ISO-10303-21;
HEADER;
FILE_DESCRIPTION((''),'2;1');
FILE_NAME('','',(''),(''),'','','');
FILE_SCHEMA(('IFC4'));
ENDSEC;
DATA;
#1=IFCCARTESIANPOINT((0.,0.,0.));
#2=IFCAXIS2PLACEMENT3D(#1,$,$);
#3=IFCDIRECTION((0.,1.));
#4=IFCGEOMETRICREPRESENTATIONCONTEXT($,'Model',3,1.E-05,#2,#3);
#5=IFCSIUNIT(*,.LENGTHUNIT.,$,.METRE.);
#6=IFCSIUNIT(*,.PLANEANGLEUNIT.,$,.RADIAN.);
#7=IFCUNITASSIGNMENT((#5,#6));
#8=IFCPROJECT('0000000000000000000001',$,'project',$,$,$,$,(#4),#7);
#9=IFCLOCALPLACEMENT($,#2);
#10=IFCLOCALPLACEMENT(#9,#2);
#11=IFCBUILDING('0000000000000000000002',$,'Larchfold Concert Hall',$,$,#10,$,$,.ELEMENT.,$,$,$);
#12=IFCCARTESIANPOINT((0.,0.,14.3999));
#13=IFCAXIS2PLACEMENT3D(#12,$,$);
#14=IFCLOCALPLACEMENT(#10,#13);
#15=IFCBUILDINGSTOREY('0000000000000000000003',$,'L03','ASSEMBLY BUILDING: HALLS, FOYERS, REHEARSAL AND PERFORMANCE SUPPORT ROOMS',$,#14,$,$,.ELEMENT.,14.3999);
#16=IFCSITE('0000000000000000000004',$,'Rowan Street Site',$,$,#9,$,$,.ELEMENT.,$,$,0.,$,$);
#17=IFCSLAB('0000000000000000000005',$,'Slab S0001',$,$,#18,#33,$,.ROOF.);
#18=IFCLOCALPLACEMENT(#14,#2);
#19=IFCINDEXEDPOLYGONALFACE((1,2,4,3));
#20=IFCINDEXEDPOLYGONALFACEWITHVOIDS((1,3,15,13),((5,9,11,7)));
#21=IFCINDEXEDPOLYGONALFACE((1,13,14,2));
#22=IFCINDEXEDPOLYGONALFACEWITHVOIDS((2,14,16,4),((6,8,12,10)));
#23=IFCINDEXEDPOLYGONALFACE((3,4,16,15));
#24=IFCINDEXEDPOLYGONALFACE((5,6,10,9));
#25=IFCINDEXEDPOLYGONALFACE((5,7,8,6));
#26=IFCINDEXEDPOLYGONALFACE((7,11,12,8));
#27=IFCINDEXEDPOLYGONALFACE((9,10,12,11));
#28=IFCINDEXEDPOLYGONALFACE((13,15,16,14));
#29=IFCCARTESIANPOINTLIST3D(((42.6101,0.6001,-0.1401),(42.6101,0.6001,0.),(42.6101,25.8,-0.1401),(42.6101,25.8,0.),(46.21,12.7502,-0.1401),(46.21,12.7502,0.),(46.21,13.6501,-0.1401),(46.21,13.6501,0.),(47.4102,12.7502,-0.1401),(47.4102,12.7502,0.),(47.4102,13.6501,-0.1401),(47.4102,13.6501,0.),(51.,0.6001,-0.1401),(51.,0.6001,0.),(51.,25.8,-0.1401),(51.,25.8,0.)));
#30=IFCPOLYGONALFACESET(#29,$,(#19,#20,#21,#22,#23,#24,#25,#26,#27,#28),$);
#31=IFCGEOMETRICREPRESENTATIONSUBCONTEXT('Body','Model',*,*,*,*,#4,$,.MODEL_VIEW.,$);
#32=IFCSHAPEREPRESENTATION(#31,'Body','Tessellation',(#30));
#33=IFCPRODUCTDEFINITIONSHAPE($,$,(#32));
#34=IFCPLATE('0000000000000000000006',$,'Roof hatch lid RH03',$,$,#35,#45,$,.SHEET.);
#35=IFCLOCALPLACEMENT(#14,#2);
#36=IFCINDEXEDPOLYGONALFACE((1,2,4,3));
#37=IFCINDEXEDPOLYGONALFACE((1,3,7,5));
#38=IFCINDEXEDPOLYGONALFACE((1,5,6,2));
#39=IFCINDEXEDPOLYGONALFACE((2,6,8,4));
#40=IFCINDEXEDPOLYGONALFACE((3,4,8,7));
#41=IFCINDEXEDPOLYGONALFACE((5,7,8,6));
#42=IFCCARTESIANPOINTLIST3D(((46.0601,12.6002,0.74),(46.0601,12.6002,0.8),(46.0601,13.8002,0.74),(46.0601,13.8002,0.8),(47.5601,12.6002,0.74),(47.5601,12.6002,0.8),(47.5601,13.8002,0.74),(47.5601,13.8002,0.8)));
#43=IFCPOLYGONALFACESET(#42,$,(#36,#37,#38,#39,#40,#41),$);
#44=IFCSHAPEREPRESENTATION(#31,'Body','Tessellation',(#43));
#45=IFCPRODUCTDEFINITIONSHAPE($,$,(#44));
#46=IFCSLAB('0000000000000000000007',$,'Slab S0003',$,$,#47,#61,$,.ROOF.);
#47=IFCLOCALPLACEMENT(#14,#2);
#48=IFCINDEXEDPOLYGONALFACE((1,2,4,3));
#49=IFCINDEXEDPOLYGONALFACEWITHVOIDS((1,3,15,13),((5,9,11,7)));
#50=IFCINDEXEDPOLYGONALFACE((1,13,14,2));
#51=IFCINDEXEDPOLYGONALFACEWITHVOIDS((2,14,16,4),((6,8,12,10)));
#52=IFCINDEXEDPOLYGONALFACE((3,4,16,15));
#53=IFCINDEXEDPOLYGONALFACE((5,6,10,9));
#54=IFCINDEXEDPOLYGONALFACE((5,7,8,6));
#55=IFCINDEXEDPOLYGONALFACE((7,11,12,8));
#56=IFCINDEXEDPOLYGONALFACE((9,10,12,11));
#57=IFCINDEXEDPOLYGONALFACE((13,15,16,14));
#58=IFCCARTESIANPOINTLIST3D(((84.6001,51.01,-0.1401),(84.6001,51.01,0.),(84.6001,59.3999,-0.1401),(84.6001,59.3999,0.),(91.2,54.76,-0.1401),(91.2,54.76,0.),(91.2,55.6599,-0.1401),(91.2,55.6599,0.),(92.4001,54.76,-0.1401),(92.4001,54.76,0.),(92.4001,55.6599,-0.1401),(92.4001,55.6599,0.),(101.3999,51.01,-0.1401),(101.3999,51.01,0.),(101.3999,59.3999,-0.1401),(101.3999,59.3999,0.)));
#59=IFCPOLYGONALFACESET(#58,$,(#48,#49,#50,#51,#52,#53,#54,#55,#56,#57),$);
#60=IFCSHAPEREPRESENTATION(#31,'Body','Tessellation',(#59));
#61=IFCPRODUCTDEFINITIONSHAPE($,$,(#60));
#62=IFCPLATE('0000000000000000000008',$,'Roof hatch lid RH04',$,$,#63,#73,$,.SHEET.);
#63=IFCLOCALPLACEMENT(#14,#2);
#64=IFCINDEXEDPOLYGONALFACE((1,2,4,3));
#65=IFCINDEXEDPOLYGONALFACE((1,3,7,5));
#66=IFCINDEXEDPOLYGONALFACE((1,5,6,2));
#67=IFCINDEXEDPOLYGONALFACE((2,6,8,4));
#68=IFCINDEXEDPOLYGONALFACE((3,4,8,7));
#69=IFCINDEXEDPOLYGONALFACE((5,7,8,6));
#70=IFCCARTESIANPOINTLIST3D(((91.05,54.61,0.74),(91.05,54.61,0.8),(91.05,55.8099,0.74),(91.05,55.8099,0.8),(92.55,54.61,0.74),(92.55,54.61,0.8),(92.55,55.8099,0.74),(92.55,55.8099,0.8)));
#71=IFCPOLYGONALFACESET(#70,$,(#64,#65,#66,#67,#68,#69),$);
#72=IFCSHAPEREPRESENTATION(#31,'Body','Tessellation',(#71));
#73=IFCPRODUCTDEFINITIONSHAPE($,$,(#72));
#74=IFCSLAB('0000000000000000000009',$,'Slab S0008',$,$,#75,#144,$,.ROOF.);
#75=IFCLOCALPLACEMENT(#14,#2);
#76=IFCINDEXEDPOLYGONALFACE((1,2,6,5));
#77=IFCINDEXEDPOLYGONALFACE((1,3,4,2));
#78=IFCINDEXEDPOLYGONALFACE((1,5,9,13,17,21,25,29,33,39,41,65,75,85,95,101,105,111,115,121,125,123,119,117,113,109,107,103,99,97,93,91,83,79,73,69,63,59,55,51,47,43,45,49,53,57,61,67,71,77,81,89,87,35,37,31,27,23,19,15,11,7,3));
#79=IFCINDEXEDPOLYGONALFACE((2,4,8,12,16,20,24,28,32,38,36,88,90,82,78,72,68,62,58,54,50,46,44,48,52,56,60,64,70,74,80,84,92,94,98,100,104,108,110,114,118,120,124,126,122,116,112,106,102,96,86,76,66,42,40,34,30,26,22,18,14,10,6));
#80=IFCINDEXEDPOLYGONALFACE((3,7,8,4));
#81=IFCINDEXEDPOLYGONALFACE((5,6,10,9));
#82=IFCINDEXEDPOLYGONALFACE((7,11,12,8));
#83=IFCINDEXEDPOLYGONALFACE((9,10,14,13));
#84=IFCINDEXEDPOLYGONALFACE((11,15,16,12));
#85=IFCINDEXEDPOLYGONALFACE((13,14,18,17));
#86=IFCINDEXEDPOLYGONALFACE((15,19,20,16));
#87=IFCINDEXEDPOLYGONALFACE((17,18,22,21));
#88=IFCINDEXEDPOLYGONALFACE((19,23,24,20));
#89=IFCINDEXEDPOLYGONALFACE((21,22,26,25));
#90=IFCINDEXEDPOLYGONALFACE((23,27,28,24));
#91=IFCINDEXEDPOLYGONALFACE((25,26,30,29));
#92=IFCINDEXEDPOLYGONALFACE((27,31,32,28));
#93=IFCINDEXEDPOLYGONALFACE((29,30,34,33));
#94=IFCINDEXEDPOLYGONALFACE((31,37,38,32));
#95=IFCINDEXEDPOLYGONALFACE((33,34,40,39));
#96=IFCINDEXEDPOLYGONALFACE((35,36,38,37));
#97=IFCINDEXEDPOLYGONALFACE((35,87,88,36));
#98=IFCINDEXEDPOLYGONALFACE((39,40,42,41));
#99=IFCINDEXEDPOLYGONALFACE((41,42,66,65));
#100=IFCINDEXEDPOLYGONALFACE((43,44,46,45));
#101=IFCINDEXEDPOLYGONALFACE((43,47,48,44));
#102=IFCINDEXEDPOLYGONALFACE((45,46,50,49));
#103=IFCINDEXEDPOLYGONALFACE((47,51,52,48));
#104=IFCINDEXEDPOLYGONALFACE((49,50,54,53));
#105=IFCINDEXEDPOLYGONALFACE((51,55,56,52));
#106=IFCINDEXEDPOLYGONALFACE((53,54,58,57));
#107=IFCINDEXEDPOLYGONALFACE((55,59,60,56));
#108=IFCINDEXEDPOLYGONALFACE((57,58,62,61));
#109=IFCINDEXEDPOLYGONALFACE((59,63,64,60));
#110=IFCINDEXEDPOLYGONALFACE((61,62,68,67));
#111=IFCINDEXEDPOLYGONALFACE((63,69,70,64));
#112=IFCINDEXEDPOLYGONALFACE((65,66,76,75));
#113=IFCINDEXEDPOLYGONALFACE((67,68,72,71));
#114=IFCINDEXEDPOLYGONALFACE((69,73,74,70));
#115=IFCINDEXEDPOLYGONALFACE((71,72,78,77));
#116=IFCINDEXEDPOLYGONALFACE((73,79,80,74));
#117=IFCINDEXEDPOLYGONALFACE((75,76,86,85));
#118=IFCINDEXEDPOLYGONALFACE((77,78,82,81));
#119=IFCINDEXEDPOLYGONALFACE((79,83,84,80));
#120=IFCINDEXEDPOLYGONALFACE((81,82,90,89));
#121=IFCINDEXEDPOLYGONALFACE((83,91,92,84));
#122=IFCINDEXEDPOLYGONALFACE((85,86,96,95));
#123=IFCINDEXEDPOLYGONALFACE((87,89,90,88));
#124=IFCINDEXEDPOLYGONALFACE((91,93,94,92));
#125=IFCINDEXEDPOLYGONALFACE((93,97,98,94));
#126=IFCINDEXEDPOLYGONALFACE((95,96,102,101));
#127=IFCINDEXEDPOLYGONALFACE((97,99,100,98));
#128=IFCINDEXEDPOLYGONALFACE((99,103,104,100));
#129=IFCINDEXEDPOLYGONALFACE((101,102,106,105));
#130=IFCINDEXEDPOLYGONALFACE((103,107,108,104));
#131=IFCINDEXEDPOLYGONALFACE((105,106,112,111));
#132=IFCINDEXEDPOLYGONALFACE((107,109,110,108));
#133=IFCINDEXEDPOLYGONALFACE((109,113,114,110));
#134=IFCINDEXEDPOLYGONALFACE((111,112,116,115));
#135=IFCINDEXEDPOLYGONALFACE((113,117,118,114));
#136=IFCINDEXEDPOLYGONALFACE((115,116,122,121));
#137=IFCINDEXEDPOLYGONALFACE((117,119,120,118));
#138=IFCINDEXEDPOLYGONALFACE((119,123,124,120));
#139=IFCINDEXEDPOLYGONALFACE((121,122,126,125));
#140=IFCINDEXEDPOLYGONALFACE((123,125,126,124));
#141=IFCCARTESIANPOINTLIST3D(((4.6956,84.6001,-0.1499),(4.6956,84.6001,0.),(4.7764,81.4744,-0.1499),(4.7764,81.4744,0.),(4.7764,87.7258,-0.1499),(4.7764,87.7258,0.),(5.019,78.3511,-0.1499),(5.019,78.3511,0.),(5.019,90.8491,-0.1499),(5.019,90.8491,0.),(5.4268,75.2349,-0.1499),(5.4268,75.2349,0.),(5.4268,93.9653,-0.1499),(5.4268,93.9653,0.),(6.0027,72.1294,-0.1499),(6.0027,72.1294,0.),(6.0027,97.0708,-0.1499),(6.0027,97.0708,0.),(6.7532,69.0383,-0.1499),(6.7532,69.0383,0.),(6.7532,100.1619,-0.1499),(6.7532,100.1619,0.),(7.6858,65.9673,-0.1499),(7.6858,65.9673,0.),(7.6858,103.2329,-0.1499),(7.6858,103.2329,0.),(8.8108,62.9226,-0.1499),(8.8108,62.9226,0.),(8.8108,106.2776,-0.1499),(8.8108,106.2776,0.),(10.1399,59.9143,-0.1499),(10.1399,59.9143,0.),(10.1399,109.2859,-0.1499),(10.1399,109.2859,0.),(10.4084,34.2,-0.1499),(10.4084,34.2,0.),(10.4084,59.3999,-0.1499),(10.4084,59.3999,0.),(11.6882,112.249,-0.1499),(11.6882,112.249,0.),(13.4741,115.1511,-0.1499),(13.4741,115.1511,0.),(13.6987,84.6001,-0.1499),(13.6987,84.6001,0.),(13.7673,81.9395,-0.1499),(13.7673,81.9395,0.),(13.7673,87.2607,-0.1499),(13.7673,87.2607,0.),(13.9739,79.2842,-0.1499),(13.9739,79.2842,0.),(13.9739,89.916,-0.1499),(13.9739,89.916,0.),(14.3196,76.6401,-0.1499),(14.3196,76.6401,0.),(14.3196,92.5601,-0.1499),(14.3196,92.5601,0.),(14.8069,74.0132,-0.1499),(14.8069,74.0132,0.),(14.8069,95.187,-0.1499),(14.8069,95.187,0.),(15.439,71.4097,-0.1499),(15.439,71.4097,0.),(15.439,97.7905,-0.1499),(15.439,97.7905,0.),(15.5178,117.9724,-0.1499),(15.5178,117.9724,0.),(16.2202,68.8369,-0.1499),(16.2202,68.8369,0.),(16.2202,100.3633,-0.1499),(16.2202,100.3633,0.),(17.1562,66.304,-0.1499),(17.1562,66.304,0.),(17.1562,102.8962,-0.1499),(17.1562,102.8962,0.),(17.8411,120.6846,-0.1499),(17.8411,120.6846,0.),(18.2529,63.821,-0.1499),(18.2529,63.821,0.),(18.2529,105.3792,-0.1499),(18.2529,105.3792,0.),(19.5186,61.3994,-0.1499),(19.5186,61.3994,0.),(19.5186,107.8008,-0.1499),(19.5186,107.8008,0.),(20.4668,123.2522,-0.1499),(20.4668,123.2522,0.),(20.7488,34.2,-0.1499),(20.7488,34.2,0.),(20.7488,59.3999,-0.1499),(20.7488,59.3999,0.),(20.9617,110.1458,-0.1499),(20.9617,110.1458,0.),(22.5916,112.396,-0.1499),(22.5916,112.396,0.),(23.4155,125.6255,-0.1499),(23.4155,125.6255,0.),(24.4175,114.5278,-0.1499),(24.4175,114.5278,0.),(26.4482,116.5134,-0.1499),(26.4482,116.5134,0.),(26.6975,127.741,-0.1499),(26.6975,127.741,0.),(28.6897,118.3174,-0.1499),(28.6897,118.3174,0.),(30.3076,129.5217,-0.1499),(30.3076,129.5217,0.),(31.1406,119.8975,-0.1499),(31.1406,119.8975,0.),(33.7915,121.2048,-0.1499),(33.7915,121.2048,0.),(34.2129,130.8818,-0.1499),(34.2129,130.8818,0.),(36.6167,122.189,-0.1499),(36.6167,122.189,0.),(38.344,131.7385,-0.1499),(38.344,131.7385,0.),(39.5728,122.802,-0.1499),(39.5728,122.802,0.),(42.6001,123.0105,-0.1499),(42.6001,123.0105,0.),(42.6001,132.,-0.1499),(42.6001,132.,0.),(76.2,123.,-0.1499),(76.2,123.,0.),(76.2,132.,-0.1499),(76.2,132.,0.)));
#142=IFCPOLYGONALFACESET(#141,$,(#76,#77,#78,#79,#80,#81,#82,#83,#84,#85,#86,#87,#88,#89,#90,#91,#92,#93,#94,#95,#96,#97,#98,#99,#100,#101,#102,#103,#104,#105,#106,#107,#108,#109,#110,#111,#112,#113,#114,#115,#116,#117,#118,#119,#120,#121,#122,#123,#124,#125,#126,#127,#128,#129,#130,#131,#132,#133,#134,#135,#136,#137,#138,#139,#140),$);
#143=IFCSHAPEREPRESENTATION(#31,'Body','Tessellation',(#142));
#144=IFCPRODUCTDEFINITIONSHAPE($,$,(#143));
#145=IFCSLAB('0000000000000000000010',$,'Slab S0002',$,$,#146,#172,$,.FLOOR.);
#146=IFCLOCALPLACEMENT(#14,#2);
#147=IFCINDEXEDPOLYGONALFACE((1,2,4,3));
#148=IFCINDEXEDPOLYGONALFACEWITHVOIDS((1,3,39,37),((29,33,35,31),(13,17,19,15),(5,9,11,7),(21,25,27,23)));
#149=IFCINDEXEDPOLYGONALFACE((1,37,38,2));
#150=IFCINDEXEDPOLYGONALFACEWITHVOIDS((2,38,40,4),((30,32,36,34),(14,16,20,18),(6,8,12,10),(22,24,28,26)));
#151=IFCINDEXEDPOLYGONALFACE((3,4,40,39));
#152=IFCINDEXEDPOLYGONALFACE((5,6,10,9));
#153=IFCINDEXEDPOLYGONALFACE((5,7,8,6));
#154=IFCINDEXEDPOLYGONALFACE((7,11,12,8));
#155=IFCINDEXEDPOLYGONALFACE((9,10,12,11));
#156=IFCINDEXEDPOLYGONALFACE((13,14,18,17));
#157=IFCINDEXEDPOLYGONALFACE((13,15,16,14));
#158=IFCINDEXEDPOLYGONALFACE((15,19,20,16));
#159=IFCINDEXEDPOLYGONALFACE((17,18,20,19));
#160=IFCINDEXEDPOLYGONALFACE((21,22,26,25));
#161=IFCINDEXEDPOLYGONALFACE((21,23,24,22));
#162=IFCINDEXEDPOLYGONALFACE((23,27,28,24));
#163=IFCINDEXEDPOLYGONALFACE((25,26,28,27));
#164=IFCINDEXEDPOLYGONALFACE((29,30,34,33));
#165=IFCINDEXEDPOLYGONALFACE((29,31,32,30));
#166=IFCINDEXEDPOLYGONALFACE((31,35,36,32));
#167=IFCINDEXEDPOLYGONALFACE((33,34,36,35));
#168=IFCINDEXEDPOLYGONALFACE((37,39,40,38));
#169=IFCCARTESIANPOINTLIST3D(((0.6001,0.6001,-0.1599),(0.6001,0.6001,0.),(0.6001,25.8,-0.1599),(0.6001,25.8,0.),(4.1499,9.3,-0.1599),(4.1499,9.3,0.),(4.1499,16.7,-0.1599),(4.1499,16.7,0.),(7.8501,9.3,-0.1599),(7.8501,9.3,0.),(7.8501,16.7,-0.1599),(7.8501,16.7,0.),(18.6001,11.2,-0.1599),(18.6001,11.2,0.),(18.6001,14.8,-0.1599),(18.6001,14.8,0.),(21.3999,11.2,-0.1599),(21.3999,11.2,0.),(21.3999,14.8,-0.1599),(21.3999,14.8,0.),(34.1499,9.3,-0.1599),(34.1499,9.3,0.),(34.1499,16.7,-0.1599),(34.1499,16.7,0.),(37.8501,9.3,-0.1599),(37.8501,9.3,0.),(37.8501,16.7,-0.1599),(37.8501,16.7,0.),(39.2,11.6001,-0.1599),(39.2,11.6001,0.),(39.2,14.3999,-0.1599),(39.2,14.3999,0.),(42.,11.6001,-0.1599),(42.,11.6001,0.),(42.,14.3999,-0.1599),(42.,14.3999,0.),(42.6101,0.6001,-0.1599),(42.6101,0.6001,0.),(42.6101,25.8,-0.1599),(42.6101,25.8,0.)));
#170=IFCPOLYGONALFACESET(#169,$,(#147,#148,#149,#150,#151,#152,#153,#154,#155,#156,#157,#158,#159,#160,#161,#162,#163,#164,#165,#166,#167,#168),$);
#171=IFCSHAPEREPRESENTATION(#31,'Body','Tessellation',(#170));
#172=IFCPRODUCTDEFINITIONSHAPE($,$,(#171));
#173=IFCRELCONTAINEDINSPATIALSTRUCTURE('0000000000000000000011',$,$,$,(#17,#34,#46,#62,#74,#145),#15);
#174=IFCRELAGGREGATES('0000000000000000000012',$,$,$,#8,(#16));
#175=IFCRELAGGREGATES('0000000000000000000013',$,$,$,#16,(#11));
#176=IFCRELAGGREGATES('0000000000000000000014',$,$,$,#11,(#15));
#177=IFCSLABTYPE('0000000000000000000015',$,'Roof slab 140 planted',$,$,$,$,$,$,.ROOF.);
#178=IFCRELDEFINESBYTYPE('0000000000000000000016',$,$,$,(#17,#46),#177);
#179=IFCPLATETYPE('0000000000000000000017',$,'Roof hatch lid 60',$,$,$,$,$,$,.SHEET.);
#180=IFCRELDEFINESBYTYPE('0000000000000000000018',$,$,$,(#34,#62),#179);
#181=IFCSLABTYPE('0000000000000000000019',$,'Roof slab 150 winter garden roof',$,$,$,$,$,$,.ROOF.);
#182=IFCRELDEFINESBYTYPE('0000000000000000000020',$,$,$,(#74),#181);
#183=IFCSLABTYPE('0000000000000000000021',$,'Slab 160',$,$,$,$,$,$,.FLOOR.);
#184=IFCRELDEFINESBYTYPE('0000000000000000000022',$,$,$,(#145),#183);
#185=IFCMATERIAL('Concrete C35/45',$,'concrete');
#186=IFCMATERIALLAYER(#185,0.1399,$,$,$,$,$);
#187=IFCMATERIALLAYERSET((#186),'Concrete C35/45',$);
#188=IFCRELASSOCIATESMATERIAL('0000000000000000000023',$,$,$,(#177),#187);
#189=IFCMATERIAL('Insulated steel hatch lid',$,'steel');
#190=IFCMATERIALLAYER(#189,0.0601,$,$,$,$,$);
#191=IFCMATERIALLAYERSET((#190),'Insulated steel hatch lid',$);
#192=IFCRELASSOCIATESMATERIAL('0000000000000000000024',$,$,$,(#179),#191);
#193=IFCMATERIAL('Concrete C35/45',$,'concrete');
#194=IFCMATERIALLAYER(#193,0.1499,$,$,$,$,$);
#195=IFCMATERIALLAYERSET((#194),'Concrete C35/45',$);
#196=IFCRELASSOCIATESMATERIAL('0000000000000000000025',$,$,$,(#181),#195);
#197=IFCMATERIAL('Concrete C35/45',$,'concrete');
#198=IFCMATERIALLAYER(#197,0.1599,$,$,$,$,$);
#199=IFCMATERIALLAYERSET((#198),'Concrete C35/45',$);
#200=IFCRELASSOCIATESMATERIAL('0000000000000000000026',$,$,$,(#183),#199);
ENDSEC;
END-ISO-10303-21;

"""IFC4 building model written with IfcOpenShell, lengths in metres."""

from ifc_helpers import new_model, si_unit, direction, frame, origin, origin_2d, place, context, subcontext, project, spatial, polyline, rectangle, outline, extrude, material, layer, layer_set, type_object, element, fill, save


model = new_model("IFC4")

# Units and contexts
model_context = context("Model", 3, precision=1e-05, world=origin(), true_north=direction((0.0, 1.0)))
body_context = subcontext(model_context, "Body", "Model", "MODEL_VIEW")
ifc_project = project(units=[si_unit("LENGTHUNIT", "METRE"), si_unit("PLANEANGLEUNIT", "RADIAN")], contexts=[model_context])

# Site, building, storey
site_placement = place(None, origin())
site = spatial("IfcSite", under=ifc_project, at=site_placement, Name="Rowan Street Site", CompositionType="ELEMENT", RefElevation=0.0)
building_placement = place(site_placement, origin())
building = spatial("IfcBuilding", under=site, at=building_placement, Name="Larchfold Concert Hall", CompositionType="ELEMENT")
storey_placement = place(building_placement, frame((0.0, 0.0, 14.3999)))
storey = spatial("IfcBuildingStorey", under=building, at=storey_placement, Name="L03", Description="ASSEMBLY BUILDING: HALLS, FOYERS, REHEARSAL AND PERFORMANCE SUPPORT ROOMS", CompositionType="ELEMENT", Elevation=14.3999)

# Slabs, openings, plates
ifc_material_1 = material(Name="Concrete C35/45", Category="concrete")
ifc_layer_1 = layer(ifc_material_1, 0.1399)
ifc_layer_set_1 = layer_set([ifc_layer_1], Name="Concrete C35/45")
slab_type_1 = type_object("IfcSlabType", Name="Roof slab 140 planted", PredefinedType="ROOF", material=ifc_layer_set_1)
slab_1_placement = place(storey_placement, frame((0.0, 0.0, -0.1401)))
slab_1 = element("IfcSlab", 1, at=slab_1_placement, inside=storey, type_object=slab_type_1, Name="Slab S0001", PredefinedType="ROOF", context=body_context, shape_type="SweptSolid", body=[
    extrude(outline(polyline([(51.0, 25.8), (42.6101, 25.8), (42.6101, 0.6001), (51.0, 0.6001), (51.0, 25.8)])), origin(), (0.0, 0.0, 1.0), 0.1401),
])
opening_1_placement = place(storey_placement, frame((0.0, 0.0, -0.1501)))
opening_1 = element("IfcOpeningElement", 2, at=opening_1_placement, cuts=slab_1, PredefinedType="OPENING", context=body_context, shape_type="SweptSolid", body=[
    extrude(outline(polyline([(47.4102, 12.7502), (47.4102, 13.6501), (46.21, 13.6501), (46.21, 12.7502), (47.4102, 12.7502)])), origin(), (0.0, 0.0, 1.0), 0.1602),
])
ifc_material_2 = material(Name="Insulated steel hatch lid", Category="steel")
ifc_layer_2 = layer(ifc_material_2, 0.0601)
ifc_layer_set_2 = layer_set([ifc_layer_2], Name="Insulated steel hatch lid")
plate_type = type_object("IfcPlateType", Name="Roof hatch lid 60", PredefinedType="SHEET", material=ifc_layer_set_2)
plate_1_placement = place(storey_placement, frame((46.8101, 13.2002, 0.74), z_axis=(0.0, 0.0, 1.0), x_axis=(1.0, 0.0, 0.0)))
plate_1 = element("IfcPlate", 3, at=plate_1_placement, inside=storey, type_object=plate_type, Name="Roof hatch lid RH03", PredefinedType="SHEET", context=body_context, shape_type="SweptSolid", body=[
    extrude(rectangle(XDim=1.5, YDim=1.2, at=origin_2d()), origin(), (0.0, 0.0, 1.0), 0.0601),
])
fill(opening_1, plate_1)
slab_2_placement = place(storey_placement, frame((0.0, 0.0, -0.1401)))
slab_2 = element("IfcSlab", 4, at=slab_2_placement, inside=storey, type_object=slab_type_1, Name="Slab S0003", PredefinedType="ROOF", context=body_context, shape_type="SweptSolid", body=[
    extrude(outline(polyline([(84.6001, 59.3999), (84.6001, 51.01), (101.3999, 51.01), (101.3999, 59.3999), (84.6001, 59.3999)])), origin(), (0.0, 0.0, 1.0), 0.1401),
])
opening_2_placement = place(storey_placement, frame((0.0, 0.0, -0.1501)))
opening_2 = element("IfcOpeningElement", 5, at=opening_2_placement, cuts=slab_2, PredefinedType="OPENING", context=body_context, shape_type="SweptSolid", body=[
    extrude(outline(polyline([(92.4001, 54.76), (92.4001, 55.6599), (91.2, 55.6599), (91.2, 54.76), (92.4001, 54.76)])), origin(), (0.0, 0.0, 1.0), 0.1602),
])
plate_2_placement = place(storey_placement, frame((91.8, 55.21, 0.74), z_axis=(0.0, 0.0, 1.0), x_axis=(1.0, 0.0, 0.0)))
plate_2 = element("IfcPlate", 6, at=plate_2_placement, inside=storey, type_object=plate_type, Name="Roof hatch lid RH04", PredefinedType="SHEET", context=body_context, shape_type="SweptSolid", body=[
    extrude(rectangle(XDim=1.5, YDim=1.2, at=origin_2d()), origin(), (0.0, 0.0, 1.0), 0.0601),
])
fill(opening_2, plate_2)

# Slabs
ifc_material_3 = material(Name="Concrete C35/45", Category="concrete")
ifc_layer_3 = layer(ifc_material_3, 0.1499)
ifc_layer_set_3 = layer_set([ifc_layer_3], Name="Concrete C35/45")
slab_type_2 = type_object("IfcSlabType", Name="Roof slab 150 winter garden roof", PredefinedType="ROOF", material=ifc_layer_set_3)
slab_3_placement = place(storey_placement, frame((0.0, 0.0, -0.1499)))
element("IfcSlab", 7, at=slab_3_placement, inside=storey, type_object=slab_type_2, Name="Slab S0008", PredefinedType="ROOF", context=body_context, shape_type="SweptSolid", body=[
    extrude(outline(polyline([(20.7488, 59.3999), (19.5186, 61.3994), (18.2529, 63.821), (17.1562, 66.304), (16.2202, 68.8369), (15.439, 71.4097), (14.8069, 74.0132), (14.3196, 76.6401), (13.9739, 79.2842), (13.7673, 81.9395), (13.6987, 84.6001), (13.7673, 87.2607), (13.9739, 89.916), (14.3196, 92.5601), (14.8069, 95.187), (15.439, 97.7905), (16.2202, 100.3633), (17.1562, 102.8962), (18.2529, 105.3792), (19.5186, 107.8008), (20.9617, 110.1458), (22.5916, 112.396), (24.4175, 114.5278), (26.4482, 116.5134), (28.6897, 118.3174), (31.1406, 119.8975), (33.7915, 121.2048), (36.6167, 122.189), (39.5728, 122.802), (42.6001, 123.0105), (76.2, 123.0), (76.2, 132.0), (42.6001, 132.0), (38.344, 131.7385), (34.2129, 130.8818), (30.3076, 129.5217), (26.6975, 127.741), (23.4155, 125.6255), (20.4668, 123.2522), (17.8411, 120.6846), (15.5178, 117.9724), (13.4741, 115.1511), (11.6882, 112.249), (10.1399, 109.2859), (8.8108, 106.2776), (7.6858, 103.2329), (6.7532, 100.1619), (6.0027, 97.0708), (5.4268, 93.9653), (5.019, 90.8491), (4.7764, 87.7258), (4.6956, 84.6001), (4.7764, 81.4744), (5.019, 78.3511), (5.4268, 75.2349), (6.0027, 72.1294), (6.7532, 69.0383), (7.6858, 65.9673), (8.8108, 62.9226), (10.1399, 59.9143), (10.4084, 59.3999), (10.4084, 34.2), (20.7488, 34.2), (20.7488, 59.3999)])), origin(), (0.0, 0.0, 1.0), 0.1499),
])
ifc_material_4 = material(Name="Concrete C35/45", Category="concrete")
ifc_layer_4 = layer(ifc_material_4, 0.1599)
ifc_layer_set_4 = layer_set([ifc_layer_4], Name="Concrete C35/45")
slab_type_3 = type_object("IfcSlabType", Name="Slab 160", PredefinedType="FLOOR", material=ifc_layer_set_4)
slab_4_placement = place(storey_placement, frame((0.0, 0.0, -0.1599)))
element("IfcSlab", 8, at=slab_4_placement, inside=storey, type_object=slab_type_3, Name="Slab S0002", PredefinedType="FLOOR", context=body_context, shape_type="SweptSolid", body=[
    extrude(outline(polyline([(0.6001, 25.8), (0.6001, 0.6001), (42.6101, 0.6001), (42.6101, 25.8), (0.6001, 25.8)]), holes=[polyline([(7.8501, 9.3), (4.1499, 9.3), (4.1499, 16.7), (7.8501, 16.7), (7.8501, 9.3)]), polyline([(21.3999, 11.2), (18.6001, 11.2), (18.6001, 14.8), (21.3999, 14.8), (21.3999, 11.2)]), polyline([(37.8501, 9.3), (34.1499, 9.3), (34.1499, 16.7), (37.8501, 16.7), (37.8501, 9.3)]), polyline([(42.0, 11.6001), (39.2, 11.6001), (39.2, 14.3999), (42.0, 14.3999), (42.0, 11.6001)])]), origin(), (0.0, 0.0, 1.0), 0.1599),
])

save(model, "model.ifc")
